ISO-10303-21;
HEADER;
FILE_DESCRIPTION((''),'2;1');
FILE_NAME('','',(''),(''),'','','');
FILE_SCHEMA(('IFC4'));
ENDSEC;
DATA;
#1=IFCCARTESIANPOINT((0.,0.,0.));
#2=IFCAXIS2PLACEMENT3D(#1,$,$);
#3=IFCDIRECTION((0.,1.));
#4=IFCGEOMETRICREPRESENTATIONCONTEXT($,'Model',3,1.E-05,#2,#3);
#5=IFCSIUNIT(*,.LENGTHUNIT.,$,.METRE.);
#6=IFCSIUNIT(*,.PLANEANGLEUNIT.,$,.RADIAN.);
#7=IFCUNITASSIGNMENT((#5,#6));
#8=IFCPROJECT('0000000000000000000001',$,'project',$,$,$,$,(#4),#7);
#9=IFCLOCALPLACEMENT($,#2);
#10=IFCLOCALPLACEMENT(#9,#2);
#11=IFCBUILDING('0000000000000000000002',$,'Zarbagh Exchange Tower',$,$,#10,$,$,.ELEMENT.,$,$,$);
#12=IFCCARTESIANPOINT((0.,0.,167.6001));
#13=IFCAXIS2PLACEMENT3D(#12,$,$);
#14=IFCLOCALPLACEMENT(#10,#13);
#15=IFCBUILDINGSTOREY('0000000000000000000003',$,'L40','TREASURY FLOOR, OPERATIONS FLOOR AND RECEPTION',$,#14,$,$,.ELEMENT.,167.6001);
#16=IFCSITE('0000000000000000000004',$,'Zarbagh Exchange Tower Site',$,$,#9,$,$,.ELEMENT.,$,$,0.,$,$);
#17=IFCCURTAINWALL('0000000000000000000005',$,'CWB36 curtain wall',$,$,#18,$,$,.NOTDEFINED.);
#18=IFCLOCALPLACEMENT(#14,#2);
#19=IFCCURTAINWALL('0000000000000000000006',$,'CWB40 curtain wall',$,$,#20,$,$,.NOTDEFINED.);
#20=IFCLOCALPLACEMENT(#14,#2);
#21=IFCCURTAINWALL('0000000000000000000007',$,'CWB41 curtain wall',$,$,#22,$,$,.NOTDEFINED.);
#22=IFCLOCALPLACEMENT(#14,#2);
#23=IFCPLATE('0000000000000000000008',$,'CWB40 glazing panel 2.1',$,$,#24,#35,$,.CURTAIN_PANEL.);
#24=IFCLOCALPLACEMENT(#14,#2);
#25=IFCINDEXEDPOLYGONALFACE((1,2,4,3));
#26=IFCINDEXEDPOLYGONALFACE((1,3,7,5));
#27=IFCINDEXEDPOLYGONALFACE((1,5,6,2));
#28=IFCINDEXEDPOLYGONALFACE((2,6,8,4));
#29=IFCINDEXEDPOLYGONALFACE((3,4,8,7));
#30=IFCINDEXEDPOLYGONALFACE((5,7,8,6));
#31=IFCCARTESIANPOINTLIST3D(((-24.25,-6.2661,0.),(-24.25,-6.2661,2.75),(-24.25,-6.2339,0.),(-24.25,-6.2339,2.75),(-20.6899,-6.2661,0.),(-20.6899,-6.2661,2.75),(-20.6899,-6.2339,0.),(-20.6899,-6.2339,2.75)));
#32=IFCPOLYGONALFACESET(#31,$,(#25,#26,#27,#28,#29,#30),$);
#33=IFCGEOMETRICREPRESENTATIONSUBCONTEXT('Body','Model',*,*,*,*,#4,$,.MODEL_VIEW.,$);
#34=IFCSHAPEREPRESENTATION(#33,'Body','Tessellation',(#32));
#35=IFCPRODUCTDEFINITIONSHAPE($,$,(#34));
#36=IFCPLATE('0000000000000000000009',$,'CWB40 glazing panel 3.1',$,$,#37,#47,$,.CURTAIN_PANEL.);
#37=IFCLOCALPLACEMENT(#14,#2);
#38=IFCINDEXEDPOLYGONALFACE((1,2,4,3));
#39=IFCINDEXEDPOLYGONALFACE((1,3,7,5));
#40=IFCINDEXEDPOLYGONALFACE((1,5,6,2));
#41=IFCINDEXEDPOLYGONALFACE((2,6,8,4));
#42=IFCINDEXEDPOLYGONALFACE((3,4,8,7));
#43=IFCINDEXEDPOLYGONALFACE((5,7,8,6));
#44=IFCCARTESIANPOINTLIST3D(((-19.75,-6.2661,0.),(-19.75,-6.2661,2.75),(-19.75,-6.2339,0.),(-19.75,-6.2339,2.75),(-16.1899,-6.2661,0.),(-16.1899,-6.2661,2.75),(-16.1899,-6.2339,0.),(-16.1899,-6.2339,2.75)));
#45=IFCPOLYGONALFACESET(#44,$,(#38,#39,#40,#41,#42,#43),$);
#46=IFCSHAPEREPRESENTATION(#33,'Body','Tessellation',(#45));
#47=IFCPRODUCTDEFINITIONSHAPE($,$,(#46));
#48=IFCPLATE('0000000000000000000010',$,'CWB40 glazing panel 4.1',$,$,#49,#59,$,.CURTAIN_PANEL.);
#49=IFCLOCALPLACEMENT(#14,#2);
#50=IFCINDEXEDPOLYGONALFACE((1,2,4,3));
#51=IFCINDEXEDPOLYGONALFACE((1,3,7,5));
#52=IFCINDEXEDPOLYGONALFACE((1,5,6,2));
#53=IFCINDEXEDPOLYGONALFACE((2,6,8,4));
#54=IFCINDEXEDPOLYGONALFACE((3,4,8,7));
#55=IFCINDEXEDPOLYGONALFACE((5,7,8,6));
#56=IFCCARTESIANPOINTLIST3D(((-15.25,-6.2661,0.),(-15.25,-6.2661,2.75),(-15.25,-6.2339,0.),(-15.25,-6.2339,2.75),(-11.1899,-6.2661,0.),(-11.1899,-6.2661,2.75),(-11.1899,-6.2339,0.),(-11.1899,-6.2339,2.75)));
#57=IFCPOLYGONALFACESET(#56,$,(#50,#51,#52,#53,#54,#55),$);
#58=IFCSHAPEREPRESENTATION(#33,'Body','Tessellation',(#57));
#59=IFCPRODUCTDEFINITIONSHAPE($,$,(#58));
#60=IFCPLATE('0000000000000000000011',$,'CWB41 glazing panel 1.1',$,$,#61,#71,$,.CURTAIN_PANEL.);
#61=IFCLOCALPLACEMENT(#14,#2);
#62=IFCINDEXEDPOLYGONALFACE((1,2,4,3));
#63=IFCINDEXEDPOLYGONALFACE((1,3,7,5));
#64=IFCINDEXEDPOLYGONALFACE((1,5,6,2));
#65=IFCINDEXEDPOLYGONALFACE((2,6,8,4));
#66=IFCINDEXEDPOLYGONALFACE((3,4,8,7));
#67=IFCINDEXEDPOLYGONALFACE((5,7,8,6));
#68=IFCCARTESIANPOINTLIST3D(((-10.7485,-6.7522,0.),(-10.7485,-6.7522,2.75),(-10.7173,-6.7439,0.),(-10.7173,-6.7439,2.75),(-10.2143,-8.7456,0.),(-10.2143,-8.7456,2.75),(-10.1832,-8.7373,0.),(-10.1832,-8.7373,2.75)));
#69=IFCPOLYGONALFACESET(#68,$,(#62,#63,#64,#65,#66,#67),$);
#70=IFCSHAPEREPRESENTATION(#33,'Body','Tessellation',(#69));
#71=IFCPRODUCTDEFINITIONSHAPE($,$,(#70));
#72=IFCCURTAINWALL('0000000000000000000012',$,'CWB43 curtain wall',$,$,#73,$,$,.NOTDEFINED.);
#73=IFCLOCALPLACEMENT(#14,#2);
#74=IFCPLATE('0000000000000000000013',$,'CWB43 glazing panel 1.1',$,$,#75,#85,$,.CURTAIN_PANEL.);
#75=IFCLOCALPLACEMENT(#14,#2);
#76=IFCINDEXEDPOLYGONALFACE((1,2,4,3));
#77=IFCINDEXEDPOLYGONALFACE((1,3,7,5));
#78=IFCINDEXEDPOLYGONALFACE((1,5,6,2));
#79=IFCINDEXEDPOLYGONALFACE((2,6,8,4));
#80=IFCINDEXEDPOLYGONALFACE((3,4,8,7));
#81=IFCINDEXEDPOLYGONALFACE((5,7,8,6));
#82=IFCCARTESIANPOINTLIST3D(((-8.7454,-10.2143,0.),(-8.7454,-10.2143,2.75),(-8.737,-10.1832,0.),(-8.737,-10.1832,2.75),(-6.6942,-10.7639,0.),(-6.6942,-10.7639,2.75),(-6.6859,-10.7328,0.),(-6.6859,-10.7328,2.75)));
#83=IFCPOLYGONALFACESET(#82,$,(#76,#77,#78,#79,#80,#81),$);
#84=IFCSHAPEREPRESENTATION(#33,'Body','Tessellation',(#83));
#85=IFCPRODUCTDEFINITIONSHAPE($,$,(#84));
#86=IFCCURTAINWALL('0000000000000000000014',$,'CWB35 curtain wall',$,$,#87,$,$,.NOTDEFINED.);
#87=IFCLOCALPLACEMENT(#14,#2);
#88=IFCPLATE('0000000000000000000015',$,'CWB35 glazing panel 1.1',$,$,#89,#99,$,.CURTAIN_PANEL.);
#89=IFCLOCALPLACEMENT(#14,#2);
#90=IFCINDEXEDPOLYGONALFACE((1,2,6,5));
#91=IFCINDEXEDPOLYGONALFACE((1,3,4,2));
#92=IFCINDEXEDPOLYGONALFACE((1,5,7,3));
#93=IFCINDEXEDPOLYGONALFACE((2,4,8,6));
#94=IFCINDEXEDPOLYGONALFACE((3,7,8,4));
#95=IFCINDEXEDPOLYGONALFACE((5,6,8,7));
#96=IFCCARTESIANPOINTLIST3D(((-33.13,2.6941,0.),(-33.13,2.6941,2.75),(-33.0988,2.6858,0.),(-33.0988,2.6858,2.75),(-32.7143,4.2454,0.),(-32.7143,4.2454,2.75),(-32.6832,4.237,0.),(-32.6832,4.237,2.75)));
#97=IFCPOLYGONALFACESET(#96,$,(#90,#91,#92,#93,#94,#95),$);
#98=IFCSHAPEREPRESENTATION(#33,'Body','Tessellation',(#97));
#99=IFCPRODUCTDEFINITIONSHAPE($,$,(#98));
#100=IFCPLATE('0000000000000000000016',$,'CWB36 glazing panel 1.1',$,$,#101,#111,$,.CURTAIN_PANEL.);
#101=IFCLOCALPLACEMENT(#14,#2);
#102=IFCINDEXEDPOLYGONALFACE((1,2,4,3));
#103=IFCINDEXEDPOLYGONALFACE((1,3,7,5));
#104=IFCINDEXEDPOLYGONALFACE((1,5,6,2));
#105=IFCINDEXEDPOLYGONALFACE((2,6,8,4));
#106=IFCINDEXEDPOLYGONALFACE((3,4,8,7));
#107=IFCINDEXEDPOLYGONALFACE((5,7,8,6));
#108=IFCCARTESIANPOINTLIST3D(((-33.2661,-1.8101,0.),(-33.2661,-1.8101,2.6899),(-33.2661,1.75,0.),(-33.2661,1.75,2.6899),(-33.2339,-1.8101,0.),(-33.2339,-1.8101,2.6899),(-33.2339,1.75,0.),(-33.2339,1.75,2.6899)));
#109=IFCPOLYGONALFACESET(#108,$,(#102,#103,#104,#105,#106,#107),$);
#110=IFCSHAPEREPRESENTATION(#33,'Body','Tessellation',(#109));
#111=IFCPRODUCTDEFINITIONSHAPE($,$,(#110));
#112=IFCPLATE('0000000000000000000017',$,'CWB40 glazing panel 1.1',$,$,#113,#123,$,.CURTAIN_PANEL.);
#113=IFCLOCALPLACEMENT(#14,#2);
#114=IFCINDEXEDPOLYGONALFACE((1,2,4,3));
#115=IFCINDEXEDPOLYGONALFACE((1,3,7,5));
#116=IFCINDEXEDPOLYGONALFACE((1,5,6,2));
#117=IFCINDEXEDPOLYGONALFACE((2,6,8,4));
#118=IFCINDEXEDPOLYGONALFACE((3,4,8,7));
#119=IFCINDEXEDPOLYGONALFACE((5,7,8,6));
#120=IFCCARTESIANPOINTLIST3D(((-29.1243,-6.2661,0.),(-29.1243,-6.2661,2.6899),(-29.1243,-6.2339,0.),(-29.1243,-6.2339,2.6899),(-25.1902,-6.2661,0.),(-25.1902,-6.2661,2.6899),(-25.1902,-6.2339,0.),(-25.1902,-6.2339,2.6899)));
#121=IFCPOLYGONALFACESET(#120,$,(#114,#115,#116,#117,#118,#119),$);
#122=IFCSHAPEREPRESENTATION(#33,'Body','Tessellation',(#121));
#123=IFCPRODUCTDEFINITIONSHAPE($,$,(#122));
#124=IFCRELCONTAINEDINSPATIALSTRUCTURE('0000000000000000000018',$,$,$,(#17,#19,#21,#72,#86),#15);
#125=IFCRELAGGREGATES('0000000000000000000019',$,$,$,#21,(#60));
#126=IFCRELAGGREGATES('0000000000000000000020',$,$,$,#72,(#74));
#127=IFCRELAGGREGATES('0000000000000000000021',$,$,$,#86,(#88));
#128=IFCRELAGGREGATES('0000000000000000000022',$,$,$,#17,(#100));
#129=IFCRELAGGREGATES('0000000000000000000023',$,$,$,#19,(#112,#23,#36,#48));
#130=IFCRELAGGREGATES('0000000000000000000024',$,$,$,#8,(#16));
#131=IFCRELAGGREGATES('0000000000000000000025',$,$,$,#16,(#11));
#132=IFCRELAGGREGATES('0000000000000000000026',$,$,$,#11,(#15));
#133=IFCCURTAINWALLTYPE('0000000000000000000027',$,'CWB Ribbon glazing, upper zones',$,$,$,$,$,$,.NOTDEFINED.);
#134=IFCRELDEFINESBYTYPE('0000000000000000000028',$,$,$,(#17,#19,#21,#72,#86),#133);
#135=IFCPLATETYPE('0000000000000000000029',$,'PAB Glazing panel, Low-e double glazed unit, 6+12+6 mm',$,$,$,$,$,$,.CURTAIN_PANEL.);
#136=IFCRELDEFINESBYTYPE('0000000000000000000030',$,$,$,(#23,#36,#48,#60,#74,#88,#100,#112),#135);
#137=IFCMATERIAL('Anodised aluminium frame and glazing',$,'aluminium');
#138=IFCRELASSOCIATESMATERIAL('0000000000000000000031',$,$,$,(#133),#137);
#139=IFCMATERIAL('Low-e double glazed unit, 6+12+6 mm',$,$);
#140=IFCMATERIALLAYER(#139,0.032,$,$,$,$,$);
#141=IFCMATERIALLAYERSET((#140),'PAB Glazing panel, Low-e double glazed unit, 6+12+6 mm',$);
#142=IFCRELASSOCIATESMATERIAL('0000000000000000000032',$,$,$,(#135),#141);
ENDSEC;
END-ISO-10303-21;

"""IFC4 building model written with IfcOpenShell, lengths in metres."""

from ifc_helpers import new_model, si_unit, direction, frame, origin, place, context, subcontext, project, spatial, polyline, outline, extrude, source, transform, mapped, material, layer, layer_set, type_object, element, aggregate, save


model = new_model("IFC4")

# Units and contexts
model_context = context("Model", 3, precision=1e-05, world=origin(), true_north=direction((0.0, 1.0)))
body_context = subcontext(model_context, "Body", "Model", "MODEL_VIEW")
ifc_project = project(units=[si_unit("LENGTHUNIT", "METRE"), si_unit("PLANEANGLEUNIT", "RADIAN")], contexts=[model_context])

# Site, building, storey
site_placement = place(None, origin())
site = spatial("IfcSite", under=ifc_project, at=site_placement, Name="Zarbagh Exchange Tower Site", CompositionType="ELEMENT", RefElevation=0.0)
building_placement = place(site_placement, origin())
building = spatial("IfcBuilding", under=site, at=building_placement, Name="Zarbagh Exchange Tower", CompositionType="ELEMENT")
storey_placement = place(building_placement, frame((0.0, 0.0, 167.6001)))
storey = spatial("IfcBuildingStorey", under=building, at=storey_placement, Name="L40", Description="TREASURY FLOOR, OPERATIONS FLOOR AND RECEPTION", CompositionType="ELEMENT", Elevation=167.6001)

# Curtain wall
ifc_material_1 = material(Name="Anodised aluminium frame and glazing", Category="aluminium")
curtain_wall_type = type_object("IfcCurtainWallType", Name="CWB Ribbon glazing, upper zones", PredefinedType="NOTDEFINED", material=ifc_material_1)
curtain_wall_1_placement = place(storey_placement, origin())
curtain_wall_1 = element("IfcCurtainWall", 1, at=curtain_wall_1_placement, inside=storey, type_object=curtain_wall_type, Name="CWB36 curtain wall", PredefinedType="NOTDEFINED")
placement = place(storey_placement, origin())

# Curtain wall
curtain_wall_2_placement = place(storey_placement, origin())
curtain_wall_2 = element("IfcCurtainWall", 2, at=curtain_wall_2_placement, inside=storey, type_object=curtain_wall_type, Name="CWB40 curtain wall", PredefinedType="NOTDEFINED")

# Curtain wall
curtain_wall_3_placement = place(storey_placement, origin())
curtain_wall_3 = element("IfcCurtainWall", 3, at=curtain_wall_3_placement, inside=storey, type_object=curtain_wall_type, Name="CWB41 curtain wall", PredefinedType="NOTDEFINED")

# Shared definitions
ifc_material_2 = material(Name="Low-e double glazed unit, 6+12+6 mm")
ifc_layer = layer(ifc_material_2, 0.032)
ifc_layer_set = layer_set([ifc_layer], Name="PAB Glazing panel, Low-e double glazed unit, 6+12+6 mm")
plate_type = type_object("IfcPlateType", Name="PAB Glazing panel, Low-e double glazed unit, 6+12+6 mm", PredefinedType="CURTAIN_PANEL", material=ifc_layer_set)

# Plates
shared_shape_1 = source(origin(), body_context, "Body", "SweptSolid", [
    extrude(outline(polyline([(0.0, -0.0161), (3.5601, -0.0161), (3.5601, 0.0161), (0.0, 0.0161), (0.0, -0.0161)])), origin(), (0.0, 0.0, 1.0), 2.75),
])
plate_1 = element("IfcPlate", 4, at=placement, type_object=plate_type, Name="CWB40 glazing panel 2.1", PredefinedType="CURTAIN_PANEL", context=body_context, shape_type="MappedRepresentation", body=[
    mapped(shared_shape_1, transform((-24.25, -6.25, 0.0), x_axis=(1.0, 0.0, 0.0), y_axis=(0.0, 1.0, 0.0), z_axis=(0.0, 0.0, 1.0))),
])
plate_2 = element("IfcPlate", 5, at=placement, type_object=plate_type, Name="CWB40 glazing panel 3.1", PredefinedType="CURTAIN_PANEL", context=body_context, shape_type="MappedRepresentation", body=[
    mapped(shared_shape_1, transform((-19.75, -6.25, 0.0), x_axis=(1.0, 0.0, 0.0), y_axis=(0.0, 1.0, 0.0), z_axis=(0.0, 0.0, 1.0))),
])
shared_shape_2 = source(origin(), body_context, "Body", "SweptSolid", [
    extrude(outline(polyline([(0.0, -0.0161), (4.0601, -0.0161), (4.0601, 0.0161), (0.0, 0.0161), (0.0, -0.0161)])), origin(), (0.0, 0.0, 1.0), 2.75),
])
plate_3 = element("IfcPlate", 6, at=placement, type_object=plate_type, Name="CWB40 glazing panel 4.1", PredefinedType="CURTAIN_PANEL", context=body_context, shape_type="MappedRepresentation", body=[
    mapped(shared_shape_2, transform((-15.25, -6.25, 0.0), x_axis=(1.0, 0.0, 0.0), y_axis=(0.0, 1.0, 0.0), z_axis=(0.0, 0.0, 1.0))),
])
shared_shape_3 = source(origin(), body_context, "Body", "SweptSolid", [
    extrude(outline(polyline([(0.0, -0.0161), (2.0637, -0.0161), (2.0637, 0.0161), (0.0, 0.0161), (0.0, -0.0161)])), origin(), (0.0, 0.0, 1.0), 2.75),
])
plate_4 = element("IfcPlate", 7, at=placement, type_object=plate_type, Name="CWB41 glazing panel 1.1", PredefinedType="CURTAIN_PANEL", context=body_context, shape_type="MappedRepresentation", body=[
    mapped(shared_shape_3, transform((-10.7329, -6.748, 0.0), x_axis=(0.258825, -0.965924, 0.0), y_axis=(0.965924, 0.258825, 0.0), z_axis=(0.0, 0.0, 1.0))),
])
aggregate(curtain_wall_3, [plate_4])

# Curtain walls, plates
curtain_wall_4_placement = place(storey_placement, origin())
curtain_wall_4 = element("IfcCurtainWall", 8, at=curtain_wall_4_placement, inside=storey, type_object=curtain_wall_type, Name="CWB43 curtain wall", PredefinedType="NOTDEFINED")
shared_shape_4 = source(origin(), body_context, "Body", "SweptSolid", [
    extrude(outline(polyline([(0.0, -0.0161), (2.1235, -0.0161), (2.1235, 0.0161), (0.0, 0.0161), (0.0, -0.0161)])), origin(), (0.0, 0.0, 1.0), 2.75),
])
plate_5 = element("IfcPlate", 9, at=placement, type_object=plate_type, Name="CWB43 glazing panel 1.1", PredefinedType="CURTAIN_PANEL", context=body_context, shape_type="MappedRepresentation", body=[
    mapped(shared_shape_4, transform((-8.7412, -10.1987, 0.0), x_axis=(0.965924, -0.258825, 0.0), y_axis=(0.258825, 0.965924, 0.0), z_axis=(0.0, 0.0, 1.0))),
])
aggregate(curtain_wall_4, [plate_5])
curtain_wall_5_placement = place(storey_placement, origin())
curtain_wall_5 = element("IfcCurtainWall", 10, at=curtain_wall_5_placement, inside=storey, type_object=curtain_wall_type, Name="CWB35 curtain wall", PredefinedType="NOTDEFINED")
shared_shape_5 = source(origin(), body_context, "Body", "SweptSolid", [
    extrude(outline(polyline([(0.0, -0.0161), (1.606, -0.0161), (1.606, 0.0161), (0.0, 0.0161), (0.0, -0.0161)])), origin(), (0.0, 0.0, 1.0), 2.75),
])
plate_6 = element("IfcPlate", 11, at=placement, type_object=plate_type, Name="CWB35 glazing panel 1.1", PredefinedType="CURTAIN_PANEL", context=body_context, shape_type="MappedRepresentation", body=[
    mapped(shared_shape_5, transform((-32.6987, 4.2412, 0.0), x_axis=(-0.258825, -0.965924, 0.0), y_axis=(0.965924, -0.258825, 0.0), z_axis=(0.0, 0.0, 1.0))),
])
aggregate(curtain_wall_5, [plate_6])

# Plates
shared_shape_6 = source(origin(), body_context, "Body", "SweptSolid", [
    extrude(outline(polyline([(0.0, -0.0161), (3.5601, -0.0161), (3.5601, 0.0161), (0.0, 0.0161), (0.0, -0.0161)])), origin(), (0.0, 0.0, 1.0), 2.6899),
])
plate_7 = element("IfcPlate", 12, at=placement, type_object=plate_type, Name="CWB36 glazing panel 1.1", PredefinedType="CURTAIN_PANEL", context=body_context, shape_type="MappedRepresentation", body=[
    mapped(shared_shape_6, transform((-33.25, 1.75, 0.0), x_axis=(0.0, -1.0, 0.0), y_axis=(1.0, 0.0, 0.0), z_axis=(0.0, 0.0, 1.0))),
])
aggregate(curtain_wall_1, [plate_7])
shared_shape_7 = source(origin(), body_context, "Body", "SweptSolid", [
    extrude(outline(polyline([(0.0, -0.0161), (3.9341, -0.0161), (3.9341, 0.0161), (0.0, 0.0161), (0.0, -0.0161)])), origin(), (0.0, 0.0, 1.0), 2.6899),
])
plate_8 = element("IfcPlate", 13, at=placement, type_object=plate_type, Name="CWB40 glazing panel 1.1", PredefinedType="CURTAIN_PANEL", context=body_context, shape_type="MappedRepresentation", body=[
    mapped(shared_shape_7, transform((-29.1243, -6.25, 0.0), x_axis=(1.0, 0.0, 0.0), y_axis=(0.0, 1.0, 0.0), z_axis=(0.0, 0.0, 1.0))),
])
aggregate(curtain_wall_2, [plate_8, plate_1, plate_2, plate_3])

save(model, "model.ifc")
